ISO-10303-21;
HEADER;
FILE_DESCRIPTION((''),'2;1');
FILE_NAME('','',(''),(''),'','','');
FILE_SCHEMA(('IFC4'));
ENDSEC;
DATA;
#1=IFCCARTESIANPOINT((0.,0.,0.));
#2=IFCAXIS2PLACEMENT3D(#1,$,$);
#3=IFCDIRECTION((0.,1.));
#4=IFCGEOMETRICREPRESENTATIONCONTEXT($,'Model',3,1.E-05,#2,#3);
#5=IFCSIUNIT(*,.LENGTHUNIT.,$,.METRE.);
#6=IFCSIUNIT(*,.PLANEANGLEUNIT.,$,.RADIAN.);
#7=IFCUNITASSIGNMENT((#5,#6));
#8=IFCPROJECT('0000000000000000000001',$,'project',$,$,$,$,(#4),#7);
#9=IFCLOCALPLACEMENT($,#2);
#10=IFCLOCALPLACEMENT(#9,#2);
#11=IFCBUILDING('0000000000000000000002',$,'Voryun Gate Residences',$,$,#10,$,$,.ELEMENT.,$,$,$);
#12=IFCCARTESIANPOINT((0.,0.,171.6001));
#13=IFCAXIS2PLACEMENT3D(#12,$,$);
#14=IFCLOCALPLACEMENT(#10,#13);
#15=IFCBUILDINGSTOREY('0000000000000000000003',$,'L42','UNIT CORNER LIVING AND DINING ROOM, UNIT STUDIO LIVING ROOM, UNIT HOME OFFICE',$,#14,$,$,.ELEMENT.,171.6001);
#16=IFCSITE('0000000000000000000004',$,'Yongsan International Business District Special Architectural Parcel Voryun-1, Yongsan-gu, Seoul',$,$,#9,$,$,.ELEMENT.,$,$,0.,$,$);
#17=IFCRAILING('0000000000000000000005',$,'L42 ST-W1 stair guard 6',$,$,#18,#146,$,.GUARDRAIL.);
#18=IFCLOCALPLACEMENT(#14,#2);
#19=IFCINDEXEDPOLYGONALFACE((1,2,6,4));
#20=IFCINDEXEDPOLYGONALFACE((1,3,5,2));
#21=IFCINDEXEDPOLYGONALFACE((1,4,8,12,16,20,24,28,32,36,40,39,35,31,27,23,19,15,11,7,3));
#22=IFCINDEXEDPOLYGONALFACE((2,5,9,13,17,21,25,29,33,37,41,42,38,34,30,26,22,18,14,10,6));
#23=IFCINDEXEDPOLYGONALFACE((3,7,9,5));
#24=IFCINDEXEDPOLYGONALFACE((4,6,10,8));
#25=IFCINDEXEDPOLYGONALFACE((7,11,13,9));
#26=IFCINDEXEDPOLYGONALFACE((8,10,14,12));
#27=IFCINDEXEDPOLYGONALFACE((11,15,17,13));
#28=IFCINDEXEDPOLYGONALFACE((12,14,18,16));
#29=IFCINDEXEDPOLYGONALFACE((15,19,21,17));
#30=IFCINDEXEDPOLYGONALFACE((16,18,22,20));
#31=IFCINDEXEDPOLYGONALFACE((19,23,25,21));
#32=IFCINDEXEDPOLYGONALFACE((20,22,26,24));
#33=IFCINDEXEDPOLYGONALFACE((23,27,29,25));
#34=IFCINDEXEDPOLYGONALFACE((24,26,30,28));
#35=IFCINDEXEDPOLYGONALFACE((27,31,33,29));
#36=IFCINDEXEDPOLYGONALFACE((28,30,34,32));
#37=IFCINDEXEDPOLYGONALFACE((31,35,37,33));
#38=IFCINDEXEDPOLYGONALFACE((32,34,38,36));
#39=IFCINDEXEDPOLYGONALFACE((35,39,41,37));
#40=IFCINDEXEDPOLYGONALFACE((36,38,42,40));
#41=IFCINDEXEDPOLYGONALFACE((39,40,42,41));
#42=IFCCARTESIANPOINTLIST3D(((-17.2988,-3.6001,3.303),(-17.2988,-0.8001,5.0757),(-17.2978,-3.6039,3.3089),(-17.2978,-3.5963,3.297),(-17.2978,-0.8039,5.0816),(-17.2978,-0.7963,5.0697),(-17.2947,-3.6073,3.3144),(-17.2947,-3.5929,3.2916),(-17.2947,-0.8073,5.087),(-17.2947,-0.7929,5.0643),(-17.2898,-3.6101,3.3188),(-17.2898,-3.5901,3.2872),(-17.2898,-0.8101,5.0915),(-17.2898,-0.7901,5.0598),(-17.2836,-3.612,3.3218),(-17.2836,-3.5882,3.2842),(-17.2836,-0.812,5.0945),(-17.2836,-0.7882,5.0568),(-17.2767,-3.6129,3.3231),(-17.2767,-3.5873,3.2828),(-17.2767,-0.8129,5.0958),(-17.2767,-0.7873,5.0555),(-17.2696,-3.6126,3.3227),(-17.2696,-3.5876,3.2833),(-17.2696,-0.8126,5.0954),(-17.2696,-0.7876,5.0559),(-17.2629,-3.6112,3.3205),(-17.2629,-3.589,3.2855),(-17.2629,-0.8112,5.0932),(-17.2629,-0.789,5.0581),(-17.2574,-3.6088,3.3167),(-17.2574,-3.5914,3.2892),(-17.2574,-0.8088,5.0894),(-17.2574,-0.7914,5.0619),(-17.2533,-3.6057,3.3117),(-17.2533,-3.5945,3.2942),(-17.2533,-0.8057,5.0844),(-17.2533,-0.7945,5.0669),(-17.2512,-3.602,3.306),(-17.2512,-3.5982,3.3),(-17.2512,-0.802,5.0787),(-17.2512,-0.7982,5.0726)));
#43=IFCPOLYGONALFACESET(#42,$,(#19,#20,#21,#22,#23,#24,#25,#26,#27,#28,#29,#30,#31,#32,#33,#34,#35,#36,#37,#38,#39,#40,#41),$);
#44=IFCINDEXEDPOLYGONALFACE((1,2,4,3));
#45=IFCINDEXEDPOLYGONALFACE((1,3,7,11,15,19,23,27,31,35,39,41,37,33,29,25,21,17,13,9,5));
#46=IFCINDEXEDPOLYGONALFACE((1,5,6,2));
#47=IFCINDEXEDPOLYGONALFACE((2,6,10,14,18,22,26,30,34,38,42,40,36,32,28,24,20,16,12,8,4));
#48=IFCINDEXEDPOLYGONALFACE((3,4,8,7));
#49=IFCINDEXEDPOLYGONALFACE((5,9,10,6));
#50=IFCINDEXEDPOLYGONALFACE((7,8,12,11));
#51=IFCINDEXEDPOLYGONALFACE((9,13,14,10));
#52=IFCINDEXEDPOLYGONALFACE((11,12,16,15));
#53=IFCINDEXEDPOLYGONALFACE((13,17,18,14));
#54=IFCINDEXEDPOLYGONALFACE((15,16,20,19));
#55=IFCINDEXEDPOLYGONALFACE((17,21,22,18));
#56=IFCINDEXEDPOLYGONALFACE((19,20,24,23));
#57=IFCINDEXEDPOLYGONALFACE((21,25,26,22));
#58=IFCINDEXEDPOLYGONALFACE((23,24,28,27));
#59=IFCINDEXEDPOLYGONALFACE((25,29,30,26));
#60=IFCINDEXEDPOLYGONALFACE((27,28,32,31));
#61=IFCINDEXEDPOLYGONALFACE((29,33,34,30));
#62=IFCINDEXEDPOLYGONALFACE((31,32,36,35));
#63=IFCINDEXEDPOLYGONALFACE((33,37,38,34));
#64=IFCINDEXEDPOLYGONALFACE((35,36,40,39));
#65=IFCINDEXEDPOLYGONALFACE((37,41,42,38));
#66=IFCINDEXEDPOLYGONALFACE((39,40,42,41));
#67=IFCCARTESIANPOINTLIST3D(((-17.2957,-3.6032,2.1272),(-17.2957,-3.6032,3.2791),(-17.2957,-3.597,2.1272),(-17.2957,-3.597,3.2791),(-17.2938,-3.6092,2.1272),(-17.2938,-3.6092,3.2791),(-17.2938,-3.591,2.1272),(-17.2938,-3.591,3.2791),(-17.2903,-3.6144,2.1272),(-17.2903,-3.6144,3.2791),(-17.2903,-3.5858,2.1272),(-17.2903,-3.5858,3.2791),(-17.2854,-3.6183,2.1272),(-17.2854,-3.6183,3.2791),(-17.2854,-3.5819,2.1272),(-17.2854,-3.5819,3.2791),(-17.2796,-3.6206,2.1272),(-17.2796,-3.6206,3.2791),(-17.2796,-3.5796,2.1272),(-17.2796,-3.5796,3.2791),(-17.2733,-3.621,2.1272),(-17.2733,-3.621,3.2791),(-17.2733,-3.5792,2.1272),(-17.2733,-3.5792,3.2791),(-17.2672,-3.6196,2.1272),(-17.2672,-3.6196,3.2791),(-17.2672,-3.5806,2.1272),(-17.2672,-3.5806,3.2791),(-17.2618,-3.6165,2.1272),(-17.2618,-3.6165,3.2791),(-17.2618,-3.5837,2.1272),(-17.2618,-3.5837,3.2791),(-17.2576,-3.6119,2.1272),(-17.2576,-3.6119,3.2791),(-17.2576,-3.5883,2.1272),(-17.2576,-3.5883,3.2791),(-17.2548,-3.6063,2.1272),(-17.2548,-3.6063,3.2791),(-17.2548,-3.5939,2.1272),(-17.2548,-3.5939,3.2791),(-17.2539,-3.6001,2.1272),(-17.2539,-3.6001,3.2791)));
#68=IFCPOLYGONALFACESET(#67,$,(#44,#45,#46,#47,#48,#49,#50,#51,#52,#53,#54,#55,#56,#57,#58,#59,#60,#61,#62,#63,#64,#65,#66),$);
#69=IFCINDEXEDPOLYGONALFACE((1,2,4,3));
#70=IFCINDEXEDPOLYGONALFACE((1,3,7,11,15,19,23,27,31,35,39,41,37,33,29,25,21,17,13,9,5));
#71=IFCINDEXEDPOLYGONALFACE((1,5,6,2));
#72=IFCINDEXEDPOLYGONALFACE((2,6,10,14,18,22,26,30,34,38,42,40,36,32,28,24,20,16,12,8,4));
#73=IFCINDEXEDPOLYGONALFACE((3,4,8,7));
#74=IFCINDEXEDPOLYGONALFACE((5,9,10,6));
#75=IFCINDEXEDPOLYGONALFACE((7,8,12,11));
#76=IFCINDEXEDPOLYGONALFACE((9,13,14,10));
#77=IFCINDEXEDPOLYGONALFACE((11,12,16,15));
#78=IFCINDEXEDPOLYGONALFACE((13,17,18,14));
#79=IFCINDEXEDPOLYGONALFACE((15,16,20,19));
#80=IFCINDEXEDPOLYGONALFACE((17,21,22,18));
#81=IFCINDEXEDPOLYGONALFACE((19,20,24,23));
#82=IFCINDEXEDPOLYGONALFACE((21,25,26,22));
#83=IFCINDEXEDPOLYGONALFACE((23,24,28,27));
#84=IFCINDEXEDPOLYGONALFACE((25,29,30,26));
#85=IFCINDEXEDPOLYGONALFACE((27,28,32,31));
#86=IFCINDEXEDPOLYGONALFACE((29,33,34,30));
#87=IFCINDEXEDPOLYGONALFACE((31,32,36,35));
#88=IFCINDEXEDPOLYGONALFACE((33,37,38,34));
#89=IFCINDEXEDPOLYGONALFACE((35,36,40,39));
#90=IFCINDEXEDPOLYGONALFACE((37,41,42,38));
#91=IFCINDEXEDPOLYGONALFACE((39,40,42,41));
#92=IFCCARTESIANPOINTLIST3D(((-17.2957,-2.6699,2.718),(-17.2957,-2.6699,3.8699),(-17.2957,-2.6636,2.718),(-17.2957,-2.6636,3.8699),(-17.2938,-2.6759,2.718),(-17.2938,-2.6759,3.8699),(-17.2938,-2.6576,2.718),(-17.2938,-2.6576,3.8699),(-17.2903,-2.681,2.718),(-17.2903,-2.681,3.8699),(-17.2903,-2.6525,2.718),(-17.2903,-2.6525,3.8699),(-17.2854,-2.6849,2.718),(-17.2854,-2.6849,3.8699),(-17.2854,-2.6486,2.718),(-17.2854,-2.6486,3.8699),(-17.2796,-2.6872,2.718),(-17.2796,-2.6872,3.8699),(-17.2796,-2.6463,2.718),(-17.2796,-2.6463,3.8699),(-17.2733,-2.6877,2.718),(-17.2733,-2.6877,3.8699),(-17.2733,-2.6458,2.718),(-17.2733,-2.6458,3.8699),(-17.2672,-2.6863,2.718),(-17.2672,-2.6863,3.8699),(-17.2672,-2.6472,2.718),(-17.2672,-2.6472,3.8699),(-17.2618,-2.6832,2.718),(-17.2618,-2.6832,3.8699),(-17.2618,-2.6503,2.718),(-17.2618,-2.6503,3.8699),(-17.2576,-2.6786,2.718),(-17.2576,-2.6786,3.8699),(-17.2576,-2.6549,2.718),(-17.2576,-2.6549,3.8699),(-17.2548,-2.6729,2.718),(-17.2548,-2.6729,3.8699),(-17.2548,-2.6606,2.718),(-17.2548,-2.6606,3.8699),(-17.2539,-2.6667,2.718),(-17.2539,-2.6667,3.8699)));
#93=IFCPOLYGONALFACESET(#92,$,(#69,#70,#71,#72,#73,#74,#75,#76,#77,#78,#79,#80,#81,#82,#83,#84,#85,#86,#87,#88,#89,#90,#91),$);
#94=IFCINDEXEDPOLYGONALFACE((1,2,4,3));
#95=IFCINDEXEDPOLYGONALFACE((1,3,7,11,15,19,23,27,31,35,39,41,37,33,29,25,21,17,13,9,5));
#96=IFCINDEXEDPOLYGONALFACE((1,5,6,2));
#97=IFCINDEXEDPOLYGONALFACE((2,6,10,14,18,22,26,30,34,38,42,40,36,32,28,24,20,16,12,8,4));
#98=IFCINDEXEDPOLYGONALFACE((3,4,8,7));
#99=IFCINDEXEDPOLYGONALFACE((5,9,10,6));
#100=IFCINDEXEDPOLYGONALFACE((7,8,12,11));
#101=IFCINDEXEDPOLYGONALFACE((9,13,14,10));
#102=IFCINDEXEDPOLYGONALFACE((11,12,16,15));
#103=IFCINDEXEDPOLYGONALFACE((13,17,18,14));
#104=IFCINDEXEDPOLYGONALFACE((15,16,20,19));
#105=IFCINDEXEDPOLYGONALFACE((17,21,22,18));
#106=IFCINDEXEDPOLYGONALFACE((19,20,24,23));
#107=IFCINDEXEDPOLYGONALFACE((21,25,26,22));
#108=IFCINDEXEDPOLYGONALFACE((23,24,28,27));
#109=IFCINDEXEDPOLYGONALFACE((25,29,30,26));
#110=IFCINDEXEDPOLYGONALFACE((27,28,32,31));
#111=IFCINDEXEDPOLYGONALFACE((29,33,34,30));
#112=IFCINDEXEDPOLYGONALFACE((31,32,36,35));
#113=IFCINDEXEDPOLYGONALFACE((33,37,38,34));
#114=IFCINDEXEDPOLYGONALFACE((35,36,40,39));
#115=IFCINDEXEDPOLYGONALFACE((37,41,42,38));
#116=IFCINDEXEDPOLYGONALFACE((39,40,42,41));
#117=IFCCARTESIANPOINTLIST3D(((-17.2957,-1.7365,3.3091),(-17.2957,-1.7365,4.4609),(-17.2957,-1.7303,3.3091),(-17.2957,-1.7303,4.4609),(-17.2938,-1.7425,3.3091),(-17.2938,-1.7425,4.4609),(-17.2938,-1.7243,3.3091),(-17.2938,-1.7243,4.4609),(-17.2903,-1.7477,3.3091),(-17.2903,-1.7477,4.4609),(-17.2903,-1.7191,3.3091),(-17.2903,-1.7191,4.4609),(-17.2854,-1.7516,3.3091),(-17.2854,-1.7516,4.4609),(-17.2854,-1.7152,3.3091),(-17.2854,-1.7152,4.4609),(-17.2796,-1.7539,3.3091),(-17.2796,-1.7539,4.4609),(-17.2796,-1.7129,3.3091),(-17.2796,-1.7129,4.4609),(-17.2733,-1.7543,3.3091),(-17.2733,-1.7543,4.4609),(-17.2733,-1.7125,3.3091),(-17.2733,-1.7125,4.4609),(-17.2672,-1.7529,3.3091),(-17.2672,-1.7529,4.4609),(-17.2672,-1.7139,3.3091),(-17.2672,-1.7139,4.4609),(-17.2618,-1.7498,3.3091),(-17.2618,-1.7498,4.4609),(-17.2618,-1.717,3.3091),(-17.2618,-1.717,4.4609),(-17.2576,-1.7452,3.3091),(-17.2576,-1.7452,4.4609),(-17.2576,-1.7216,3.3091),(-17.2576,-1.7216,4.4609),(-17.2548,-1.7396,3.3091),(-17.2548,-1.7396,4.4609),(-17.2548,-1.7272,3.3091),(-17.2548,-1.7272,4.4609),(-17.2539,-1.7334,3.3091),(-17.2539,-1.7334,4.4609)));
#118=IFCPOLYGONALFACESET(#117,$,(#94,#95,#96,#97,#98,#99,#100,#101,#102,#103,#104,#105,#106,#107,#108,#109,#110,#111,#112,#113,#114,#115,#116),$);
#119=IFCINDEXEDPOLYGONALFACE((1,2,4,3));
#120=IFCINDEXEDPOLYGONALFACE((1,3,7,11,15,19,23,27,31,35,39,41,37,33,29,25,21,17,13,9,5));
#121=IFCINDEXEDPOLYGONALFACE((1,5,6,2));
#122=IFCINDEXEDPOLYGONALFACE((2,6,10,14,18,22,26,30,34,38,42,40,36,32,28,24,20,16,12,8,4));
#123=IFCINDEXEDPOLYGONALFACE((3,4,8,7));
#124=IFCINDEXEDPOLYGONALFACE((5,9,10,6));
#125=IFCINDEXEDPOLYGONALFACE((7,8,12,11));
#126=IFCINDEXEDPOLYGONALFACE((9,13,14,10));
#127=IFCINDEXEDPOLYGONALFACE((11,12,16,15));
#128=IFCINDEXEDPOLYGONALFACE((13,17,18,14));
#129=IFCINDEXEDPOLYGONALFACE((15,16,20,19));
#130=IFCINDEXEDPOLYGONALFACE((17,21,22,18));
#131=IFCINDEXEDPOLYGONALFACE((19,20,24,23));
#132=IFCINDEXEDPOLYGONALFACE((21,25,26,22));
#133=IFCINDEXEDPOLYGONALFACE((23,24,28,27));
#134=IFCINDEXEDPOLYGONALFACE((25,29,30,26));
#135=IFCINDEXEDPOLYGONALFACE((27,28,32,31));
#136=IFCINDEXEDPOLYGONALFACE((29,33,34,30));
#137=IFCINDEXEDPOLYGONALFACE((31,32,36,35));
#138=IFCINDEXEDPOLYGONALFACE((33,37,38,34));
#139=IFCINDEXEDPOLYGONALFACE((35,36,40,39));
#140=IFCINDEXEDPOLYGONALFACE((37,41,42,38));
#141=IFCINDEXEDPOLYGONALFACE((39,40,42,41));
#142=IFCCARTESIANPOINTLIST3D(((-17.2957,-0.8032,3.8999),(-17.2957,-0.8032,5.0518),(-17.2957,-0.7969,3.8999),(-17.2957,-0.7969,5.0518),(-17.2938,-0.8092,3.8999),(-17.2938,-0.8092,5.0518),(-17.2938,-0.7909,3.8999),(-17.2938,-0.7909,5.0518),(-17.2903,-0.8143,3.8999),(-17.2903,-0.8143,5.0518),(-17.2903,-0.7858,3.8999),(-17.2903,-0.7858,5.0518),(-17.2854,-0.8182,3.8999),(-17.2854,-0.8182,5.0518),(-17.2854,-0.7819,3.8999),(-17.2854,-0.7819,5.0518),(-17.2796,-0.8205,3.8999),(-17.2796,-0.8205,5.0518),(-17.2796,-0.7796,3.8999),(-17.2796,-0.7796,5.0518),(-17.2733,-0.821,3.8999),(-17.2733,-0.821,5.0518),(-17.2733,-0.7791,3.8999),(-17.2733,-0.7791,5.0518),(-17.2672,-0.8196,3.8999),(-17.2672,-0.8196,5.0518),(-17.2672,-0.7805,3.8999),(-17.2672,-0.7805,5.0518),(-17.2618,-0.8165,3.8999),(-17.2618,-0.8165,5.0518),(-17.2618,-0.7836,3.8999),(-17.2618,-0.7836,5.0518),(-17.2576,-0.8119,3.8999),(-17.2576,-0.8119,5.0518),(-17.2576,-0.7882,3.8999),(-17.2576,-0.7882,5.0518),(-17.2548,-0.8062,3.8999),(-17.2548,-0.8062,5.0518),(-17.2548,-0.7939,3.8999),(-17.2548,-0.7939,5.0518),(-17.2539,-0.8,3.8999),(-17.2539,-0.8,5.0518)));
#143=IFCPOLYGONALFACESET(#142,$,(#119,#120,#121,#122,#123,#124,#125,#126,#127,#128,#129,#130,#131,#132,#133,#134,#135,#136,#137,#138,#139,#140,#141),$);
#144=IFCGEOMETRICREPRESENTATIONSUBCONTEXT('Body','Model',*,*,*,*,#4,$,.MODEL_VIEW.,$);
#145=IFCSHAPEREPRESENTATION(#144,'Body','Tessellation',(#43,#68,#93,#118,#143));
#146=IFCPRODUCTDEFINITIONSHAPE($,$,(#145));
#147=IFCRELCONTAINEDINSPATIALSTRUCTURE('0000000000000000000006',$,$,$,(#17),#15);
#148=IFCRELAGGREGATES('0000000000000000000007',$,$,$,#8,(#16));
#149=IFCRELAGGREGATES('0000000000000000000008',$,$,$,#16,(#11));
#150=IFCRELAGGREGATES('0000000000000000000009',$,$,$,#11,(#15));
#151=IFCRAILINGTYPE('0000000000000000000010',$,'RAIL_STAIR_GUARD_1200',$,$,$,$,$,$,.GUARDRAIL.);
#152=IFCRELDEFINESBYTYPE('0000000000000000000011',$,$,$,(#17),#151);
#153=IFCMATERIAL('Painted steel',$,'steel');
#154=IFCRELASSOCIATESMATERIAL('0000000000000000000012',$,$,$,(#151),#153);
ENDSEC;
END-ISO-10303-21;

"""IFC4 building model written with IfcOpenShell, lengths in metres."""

from ifc_helpers import new_model, si_unit, direction, frame, origin, origin_2d, place, context, subcontext, project, spatial, circle, extrude, material, type_object, element, save


model = new_model("IFC4")

# Units and contexts
model_context = context("Model", 3, precision=1e-05, world=origin(), true_north=direction((0.0, 1.0)))
body_context = subcontext(model_context, "Body", "Model", "MODEL_VIEW")
ifc_project = project(units=[si_unit("LENGTHUNIT", "METRE"), si_unit("PLANEANGLEUNIT", "RADIAN")], contexts=[model_context])

# Site, building, storey
site_placement = place(None, origin())
site = spatial("IfcSite", under=ifc_project, at=site_placement, Name="Yongsan International Business District Special Architectural Parcel Voryun-1, Yongsan-gu, Seoul", CompositionType="ELEMENT", RefElevation=0.0)
building_placement = place(site_placement, origin())
building = spatial("IfcBuilding", under=site, at=building_placement, Name="Voryun Gate Residences", CompositionType="ELEMENT")
storey_placement = place(building_placement, frame((0.0, 0.0, 171.6001)))
storey = spatial("IfcBuildingStorey", under=building, at=storey_placement, Name="L42", Description="UNIT CORNER LIVING AND DINING ROOM, UNIT STUDIO LIVING ROOM, UNIT HOME OFFICE", CompositionType="ELEMENT", Elevation=171.6001)

# Railing
ifc_material_1 = material(Name="Painted steel", Category="steel")
railing_type_1 = type_object("IfcRailingType", Name="RAIL_STAIR_GUARD_1200", PredefinedType="GUARDRAIL", material=ifc_material_1)
railing_1_placement = place(storey_placement, frame((-17.2749, -3.6001, 2.1272)))
element("IfcRailing", 1, at=railing_1_placement, inside=storey, type_object=railing_type_1, Name="L42 ST-W1 stair guard 6", PredefinedType="GUARDRAIL", context=body_context, shape_type="SweptSolid", body=[
    extrude(circle(Radius=0.0239, at=origin_2d()), frame((0.0, 0.0, 1.1758), z_axis=(0.0, 0.844909, 0.53491), x_axis=(-1.0, 0.0, 0.0)), (0.0, 0.0, 1.0), 3.314),
    extrude(circle(Radius=0.021, at=origin_2d()), origin(), (0.0, 0.0, 1.0), 1.1519),
    extrude(circle(Radius=0.021, at=origin_2d()), frame((0.0, 0.9333, 0.5908)), (0.0, 0.0, 1.0), 1.1519),
    extrude(circle(Radius=0.021, at=origin_2d()), frame((0.0, 1.8667, 1.1819)), (0.0, 0.0, 1.0), 1.1519),
    extrude(circle(Radius=0.021, at=origin_2d()), frame((0.0, 2.8, 1.7727)), (0.0, 0.0, 1.0), 1.1519),
])

save(model, "model.ifc")
